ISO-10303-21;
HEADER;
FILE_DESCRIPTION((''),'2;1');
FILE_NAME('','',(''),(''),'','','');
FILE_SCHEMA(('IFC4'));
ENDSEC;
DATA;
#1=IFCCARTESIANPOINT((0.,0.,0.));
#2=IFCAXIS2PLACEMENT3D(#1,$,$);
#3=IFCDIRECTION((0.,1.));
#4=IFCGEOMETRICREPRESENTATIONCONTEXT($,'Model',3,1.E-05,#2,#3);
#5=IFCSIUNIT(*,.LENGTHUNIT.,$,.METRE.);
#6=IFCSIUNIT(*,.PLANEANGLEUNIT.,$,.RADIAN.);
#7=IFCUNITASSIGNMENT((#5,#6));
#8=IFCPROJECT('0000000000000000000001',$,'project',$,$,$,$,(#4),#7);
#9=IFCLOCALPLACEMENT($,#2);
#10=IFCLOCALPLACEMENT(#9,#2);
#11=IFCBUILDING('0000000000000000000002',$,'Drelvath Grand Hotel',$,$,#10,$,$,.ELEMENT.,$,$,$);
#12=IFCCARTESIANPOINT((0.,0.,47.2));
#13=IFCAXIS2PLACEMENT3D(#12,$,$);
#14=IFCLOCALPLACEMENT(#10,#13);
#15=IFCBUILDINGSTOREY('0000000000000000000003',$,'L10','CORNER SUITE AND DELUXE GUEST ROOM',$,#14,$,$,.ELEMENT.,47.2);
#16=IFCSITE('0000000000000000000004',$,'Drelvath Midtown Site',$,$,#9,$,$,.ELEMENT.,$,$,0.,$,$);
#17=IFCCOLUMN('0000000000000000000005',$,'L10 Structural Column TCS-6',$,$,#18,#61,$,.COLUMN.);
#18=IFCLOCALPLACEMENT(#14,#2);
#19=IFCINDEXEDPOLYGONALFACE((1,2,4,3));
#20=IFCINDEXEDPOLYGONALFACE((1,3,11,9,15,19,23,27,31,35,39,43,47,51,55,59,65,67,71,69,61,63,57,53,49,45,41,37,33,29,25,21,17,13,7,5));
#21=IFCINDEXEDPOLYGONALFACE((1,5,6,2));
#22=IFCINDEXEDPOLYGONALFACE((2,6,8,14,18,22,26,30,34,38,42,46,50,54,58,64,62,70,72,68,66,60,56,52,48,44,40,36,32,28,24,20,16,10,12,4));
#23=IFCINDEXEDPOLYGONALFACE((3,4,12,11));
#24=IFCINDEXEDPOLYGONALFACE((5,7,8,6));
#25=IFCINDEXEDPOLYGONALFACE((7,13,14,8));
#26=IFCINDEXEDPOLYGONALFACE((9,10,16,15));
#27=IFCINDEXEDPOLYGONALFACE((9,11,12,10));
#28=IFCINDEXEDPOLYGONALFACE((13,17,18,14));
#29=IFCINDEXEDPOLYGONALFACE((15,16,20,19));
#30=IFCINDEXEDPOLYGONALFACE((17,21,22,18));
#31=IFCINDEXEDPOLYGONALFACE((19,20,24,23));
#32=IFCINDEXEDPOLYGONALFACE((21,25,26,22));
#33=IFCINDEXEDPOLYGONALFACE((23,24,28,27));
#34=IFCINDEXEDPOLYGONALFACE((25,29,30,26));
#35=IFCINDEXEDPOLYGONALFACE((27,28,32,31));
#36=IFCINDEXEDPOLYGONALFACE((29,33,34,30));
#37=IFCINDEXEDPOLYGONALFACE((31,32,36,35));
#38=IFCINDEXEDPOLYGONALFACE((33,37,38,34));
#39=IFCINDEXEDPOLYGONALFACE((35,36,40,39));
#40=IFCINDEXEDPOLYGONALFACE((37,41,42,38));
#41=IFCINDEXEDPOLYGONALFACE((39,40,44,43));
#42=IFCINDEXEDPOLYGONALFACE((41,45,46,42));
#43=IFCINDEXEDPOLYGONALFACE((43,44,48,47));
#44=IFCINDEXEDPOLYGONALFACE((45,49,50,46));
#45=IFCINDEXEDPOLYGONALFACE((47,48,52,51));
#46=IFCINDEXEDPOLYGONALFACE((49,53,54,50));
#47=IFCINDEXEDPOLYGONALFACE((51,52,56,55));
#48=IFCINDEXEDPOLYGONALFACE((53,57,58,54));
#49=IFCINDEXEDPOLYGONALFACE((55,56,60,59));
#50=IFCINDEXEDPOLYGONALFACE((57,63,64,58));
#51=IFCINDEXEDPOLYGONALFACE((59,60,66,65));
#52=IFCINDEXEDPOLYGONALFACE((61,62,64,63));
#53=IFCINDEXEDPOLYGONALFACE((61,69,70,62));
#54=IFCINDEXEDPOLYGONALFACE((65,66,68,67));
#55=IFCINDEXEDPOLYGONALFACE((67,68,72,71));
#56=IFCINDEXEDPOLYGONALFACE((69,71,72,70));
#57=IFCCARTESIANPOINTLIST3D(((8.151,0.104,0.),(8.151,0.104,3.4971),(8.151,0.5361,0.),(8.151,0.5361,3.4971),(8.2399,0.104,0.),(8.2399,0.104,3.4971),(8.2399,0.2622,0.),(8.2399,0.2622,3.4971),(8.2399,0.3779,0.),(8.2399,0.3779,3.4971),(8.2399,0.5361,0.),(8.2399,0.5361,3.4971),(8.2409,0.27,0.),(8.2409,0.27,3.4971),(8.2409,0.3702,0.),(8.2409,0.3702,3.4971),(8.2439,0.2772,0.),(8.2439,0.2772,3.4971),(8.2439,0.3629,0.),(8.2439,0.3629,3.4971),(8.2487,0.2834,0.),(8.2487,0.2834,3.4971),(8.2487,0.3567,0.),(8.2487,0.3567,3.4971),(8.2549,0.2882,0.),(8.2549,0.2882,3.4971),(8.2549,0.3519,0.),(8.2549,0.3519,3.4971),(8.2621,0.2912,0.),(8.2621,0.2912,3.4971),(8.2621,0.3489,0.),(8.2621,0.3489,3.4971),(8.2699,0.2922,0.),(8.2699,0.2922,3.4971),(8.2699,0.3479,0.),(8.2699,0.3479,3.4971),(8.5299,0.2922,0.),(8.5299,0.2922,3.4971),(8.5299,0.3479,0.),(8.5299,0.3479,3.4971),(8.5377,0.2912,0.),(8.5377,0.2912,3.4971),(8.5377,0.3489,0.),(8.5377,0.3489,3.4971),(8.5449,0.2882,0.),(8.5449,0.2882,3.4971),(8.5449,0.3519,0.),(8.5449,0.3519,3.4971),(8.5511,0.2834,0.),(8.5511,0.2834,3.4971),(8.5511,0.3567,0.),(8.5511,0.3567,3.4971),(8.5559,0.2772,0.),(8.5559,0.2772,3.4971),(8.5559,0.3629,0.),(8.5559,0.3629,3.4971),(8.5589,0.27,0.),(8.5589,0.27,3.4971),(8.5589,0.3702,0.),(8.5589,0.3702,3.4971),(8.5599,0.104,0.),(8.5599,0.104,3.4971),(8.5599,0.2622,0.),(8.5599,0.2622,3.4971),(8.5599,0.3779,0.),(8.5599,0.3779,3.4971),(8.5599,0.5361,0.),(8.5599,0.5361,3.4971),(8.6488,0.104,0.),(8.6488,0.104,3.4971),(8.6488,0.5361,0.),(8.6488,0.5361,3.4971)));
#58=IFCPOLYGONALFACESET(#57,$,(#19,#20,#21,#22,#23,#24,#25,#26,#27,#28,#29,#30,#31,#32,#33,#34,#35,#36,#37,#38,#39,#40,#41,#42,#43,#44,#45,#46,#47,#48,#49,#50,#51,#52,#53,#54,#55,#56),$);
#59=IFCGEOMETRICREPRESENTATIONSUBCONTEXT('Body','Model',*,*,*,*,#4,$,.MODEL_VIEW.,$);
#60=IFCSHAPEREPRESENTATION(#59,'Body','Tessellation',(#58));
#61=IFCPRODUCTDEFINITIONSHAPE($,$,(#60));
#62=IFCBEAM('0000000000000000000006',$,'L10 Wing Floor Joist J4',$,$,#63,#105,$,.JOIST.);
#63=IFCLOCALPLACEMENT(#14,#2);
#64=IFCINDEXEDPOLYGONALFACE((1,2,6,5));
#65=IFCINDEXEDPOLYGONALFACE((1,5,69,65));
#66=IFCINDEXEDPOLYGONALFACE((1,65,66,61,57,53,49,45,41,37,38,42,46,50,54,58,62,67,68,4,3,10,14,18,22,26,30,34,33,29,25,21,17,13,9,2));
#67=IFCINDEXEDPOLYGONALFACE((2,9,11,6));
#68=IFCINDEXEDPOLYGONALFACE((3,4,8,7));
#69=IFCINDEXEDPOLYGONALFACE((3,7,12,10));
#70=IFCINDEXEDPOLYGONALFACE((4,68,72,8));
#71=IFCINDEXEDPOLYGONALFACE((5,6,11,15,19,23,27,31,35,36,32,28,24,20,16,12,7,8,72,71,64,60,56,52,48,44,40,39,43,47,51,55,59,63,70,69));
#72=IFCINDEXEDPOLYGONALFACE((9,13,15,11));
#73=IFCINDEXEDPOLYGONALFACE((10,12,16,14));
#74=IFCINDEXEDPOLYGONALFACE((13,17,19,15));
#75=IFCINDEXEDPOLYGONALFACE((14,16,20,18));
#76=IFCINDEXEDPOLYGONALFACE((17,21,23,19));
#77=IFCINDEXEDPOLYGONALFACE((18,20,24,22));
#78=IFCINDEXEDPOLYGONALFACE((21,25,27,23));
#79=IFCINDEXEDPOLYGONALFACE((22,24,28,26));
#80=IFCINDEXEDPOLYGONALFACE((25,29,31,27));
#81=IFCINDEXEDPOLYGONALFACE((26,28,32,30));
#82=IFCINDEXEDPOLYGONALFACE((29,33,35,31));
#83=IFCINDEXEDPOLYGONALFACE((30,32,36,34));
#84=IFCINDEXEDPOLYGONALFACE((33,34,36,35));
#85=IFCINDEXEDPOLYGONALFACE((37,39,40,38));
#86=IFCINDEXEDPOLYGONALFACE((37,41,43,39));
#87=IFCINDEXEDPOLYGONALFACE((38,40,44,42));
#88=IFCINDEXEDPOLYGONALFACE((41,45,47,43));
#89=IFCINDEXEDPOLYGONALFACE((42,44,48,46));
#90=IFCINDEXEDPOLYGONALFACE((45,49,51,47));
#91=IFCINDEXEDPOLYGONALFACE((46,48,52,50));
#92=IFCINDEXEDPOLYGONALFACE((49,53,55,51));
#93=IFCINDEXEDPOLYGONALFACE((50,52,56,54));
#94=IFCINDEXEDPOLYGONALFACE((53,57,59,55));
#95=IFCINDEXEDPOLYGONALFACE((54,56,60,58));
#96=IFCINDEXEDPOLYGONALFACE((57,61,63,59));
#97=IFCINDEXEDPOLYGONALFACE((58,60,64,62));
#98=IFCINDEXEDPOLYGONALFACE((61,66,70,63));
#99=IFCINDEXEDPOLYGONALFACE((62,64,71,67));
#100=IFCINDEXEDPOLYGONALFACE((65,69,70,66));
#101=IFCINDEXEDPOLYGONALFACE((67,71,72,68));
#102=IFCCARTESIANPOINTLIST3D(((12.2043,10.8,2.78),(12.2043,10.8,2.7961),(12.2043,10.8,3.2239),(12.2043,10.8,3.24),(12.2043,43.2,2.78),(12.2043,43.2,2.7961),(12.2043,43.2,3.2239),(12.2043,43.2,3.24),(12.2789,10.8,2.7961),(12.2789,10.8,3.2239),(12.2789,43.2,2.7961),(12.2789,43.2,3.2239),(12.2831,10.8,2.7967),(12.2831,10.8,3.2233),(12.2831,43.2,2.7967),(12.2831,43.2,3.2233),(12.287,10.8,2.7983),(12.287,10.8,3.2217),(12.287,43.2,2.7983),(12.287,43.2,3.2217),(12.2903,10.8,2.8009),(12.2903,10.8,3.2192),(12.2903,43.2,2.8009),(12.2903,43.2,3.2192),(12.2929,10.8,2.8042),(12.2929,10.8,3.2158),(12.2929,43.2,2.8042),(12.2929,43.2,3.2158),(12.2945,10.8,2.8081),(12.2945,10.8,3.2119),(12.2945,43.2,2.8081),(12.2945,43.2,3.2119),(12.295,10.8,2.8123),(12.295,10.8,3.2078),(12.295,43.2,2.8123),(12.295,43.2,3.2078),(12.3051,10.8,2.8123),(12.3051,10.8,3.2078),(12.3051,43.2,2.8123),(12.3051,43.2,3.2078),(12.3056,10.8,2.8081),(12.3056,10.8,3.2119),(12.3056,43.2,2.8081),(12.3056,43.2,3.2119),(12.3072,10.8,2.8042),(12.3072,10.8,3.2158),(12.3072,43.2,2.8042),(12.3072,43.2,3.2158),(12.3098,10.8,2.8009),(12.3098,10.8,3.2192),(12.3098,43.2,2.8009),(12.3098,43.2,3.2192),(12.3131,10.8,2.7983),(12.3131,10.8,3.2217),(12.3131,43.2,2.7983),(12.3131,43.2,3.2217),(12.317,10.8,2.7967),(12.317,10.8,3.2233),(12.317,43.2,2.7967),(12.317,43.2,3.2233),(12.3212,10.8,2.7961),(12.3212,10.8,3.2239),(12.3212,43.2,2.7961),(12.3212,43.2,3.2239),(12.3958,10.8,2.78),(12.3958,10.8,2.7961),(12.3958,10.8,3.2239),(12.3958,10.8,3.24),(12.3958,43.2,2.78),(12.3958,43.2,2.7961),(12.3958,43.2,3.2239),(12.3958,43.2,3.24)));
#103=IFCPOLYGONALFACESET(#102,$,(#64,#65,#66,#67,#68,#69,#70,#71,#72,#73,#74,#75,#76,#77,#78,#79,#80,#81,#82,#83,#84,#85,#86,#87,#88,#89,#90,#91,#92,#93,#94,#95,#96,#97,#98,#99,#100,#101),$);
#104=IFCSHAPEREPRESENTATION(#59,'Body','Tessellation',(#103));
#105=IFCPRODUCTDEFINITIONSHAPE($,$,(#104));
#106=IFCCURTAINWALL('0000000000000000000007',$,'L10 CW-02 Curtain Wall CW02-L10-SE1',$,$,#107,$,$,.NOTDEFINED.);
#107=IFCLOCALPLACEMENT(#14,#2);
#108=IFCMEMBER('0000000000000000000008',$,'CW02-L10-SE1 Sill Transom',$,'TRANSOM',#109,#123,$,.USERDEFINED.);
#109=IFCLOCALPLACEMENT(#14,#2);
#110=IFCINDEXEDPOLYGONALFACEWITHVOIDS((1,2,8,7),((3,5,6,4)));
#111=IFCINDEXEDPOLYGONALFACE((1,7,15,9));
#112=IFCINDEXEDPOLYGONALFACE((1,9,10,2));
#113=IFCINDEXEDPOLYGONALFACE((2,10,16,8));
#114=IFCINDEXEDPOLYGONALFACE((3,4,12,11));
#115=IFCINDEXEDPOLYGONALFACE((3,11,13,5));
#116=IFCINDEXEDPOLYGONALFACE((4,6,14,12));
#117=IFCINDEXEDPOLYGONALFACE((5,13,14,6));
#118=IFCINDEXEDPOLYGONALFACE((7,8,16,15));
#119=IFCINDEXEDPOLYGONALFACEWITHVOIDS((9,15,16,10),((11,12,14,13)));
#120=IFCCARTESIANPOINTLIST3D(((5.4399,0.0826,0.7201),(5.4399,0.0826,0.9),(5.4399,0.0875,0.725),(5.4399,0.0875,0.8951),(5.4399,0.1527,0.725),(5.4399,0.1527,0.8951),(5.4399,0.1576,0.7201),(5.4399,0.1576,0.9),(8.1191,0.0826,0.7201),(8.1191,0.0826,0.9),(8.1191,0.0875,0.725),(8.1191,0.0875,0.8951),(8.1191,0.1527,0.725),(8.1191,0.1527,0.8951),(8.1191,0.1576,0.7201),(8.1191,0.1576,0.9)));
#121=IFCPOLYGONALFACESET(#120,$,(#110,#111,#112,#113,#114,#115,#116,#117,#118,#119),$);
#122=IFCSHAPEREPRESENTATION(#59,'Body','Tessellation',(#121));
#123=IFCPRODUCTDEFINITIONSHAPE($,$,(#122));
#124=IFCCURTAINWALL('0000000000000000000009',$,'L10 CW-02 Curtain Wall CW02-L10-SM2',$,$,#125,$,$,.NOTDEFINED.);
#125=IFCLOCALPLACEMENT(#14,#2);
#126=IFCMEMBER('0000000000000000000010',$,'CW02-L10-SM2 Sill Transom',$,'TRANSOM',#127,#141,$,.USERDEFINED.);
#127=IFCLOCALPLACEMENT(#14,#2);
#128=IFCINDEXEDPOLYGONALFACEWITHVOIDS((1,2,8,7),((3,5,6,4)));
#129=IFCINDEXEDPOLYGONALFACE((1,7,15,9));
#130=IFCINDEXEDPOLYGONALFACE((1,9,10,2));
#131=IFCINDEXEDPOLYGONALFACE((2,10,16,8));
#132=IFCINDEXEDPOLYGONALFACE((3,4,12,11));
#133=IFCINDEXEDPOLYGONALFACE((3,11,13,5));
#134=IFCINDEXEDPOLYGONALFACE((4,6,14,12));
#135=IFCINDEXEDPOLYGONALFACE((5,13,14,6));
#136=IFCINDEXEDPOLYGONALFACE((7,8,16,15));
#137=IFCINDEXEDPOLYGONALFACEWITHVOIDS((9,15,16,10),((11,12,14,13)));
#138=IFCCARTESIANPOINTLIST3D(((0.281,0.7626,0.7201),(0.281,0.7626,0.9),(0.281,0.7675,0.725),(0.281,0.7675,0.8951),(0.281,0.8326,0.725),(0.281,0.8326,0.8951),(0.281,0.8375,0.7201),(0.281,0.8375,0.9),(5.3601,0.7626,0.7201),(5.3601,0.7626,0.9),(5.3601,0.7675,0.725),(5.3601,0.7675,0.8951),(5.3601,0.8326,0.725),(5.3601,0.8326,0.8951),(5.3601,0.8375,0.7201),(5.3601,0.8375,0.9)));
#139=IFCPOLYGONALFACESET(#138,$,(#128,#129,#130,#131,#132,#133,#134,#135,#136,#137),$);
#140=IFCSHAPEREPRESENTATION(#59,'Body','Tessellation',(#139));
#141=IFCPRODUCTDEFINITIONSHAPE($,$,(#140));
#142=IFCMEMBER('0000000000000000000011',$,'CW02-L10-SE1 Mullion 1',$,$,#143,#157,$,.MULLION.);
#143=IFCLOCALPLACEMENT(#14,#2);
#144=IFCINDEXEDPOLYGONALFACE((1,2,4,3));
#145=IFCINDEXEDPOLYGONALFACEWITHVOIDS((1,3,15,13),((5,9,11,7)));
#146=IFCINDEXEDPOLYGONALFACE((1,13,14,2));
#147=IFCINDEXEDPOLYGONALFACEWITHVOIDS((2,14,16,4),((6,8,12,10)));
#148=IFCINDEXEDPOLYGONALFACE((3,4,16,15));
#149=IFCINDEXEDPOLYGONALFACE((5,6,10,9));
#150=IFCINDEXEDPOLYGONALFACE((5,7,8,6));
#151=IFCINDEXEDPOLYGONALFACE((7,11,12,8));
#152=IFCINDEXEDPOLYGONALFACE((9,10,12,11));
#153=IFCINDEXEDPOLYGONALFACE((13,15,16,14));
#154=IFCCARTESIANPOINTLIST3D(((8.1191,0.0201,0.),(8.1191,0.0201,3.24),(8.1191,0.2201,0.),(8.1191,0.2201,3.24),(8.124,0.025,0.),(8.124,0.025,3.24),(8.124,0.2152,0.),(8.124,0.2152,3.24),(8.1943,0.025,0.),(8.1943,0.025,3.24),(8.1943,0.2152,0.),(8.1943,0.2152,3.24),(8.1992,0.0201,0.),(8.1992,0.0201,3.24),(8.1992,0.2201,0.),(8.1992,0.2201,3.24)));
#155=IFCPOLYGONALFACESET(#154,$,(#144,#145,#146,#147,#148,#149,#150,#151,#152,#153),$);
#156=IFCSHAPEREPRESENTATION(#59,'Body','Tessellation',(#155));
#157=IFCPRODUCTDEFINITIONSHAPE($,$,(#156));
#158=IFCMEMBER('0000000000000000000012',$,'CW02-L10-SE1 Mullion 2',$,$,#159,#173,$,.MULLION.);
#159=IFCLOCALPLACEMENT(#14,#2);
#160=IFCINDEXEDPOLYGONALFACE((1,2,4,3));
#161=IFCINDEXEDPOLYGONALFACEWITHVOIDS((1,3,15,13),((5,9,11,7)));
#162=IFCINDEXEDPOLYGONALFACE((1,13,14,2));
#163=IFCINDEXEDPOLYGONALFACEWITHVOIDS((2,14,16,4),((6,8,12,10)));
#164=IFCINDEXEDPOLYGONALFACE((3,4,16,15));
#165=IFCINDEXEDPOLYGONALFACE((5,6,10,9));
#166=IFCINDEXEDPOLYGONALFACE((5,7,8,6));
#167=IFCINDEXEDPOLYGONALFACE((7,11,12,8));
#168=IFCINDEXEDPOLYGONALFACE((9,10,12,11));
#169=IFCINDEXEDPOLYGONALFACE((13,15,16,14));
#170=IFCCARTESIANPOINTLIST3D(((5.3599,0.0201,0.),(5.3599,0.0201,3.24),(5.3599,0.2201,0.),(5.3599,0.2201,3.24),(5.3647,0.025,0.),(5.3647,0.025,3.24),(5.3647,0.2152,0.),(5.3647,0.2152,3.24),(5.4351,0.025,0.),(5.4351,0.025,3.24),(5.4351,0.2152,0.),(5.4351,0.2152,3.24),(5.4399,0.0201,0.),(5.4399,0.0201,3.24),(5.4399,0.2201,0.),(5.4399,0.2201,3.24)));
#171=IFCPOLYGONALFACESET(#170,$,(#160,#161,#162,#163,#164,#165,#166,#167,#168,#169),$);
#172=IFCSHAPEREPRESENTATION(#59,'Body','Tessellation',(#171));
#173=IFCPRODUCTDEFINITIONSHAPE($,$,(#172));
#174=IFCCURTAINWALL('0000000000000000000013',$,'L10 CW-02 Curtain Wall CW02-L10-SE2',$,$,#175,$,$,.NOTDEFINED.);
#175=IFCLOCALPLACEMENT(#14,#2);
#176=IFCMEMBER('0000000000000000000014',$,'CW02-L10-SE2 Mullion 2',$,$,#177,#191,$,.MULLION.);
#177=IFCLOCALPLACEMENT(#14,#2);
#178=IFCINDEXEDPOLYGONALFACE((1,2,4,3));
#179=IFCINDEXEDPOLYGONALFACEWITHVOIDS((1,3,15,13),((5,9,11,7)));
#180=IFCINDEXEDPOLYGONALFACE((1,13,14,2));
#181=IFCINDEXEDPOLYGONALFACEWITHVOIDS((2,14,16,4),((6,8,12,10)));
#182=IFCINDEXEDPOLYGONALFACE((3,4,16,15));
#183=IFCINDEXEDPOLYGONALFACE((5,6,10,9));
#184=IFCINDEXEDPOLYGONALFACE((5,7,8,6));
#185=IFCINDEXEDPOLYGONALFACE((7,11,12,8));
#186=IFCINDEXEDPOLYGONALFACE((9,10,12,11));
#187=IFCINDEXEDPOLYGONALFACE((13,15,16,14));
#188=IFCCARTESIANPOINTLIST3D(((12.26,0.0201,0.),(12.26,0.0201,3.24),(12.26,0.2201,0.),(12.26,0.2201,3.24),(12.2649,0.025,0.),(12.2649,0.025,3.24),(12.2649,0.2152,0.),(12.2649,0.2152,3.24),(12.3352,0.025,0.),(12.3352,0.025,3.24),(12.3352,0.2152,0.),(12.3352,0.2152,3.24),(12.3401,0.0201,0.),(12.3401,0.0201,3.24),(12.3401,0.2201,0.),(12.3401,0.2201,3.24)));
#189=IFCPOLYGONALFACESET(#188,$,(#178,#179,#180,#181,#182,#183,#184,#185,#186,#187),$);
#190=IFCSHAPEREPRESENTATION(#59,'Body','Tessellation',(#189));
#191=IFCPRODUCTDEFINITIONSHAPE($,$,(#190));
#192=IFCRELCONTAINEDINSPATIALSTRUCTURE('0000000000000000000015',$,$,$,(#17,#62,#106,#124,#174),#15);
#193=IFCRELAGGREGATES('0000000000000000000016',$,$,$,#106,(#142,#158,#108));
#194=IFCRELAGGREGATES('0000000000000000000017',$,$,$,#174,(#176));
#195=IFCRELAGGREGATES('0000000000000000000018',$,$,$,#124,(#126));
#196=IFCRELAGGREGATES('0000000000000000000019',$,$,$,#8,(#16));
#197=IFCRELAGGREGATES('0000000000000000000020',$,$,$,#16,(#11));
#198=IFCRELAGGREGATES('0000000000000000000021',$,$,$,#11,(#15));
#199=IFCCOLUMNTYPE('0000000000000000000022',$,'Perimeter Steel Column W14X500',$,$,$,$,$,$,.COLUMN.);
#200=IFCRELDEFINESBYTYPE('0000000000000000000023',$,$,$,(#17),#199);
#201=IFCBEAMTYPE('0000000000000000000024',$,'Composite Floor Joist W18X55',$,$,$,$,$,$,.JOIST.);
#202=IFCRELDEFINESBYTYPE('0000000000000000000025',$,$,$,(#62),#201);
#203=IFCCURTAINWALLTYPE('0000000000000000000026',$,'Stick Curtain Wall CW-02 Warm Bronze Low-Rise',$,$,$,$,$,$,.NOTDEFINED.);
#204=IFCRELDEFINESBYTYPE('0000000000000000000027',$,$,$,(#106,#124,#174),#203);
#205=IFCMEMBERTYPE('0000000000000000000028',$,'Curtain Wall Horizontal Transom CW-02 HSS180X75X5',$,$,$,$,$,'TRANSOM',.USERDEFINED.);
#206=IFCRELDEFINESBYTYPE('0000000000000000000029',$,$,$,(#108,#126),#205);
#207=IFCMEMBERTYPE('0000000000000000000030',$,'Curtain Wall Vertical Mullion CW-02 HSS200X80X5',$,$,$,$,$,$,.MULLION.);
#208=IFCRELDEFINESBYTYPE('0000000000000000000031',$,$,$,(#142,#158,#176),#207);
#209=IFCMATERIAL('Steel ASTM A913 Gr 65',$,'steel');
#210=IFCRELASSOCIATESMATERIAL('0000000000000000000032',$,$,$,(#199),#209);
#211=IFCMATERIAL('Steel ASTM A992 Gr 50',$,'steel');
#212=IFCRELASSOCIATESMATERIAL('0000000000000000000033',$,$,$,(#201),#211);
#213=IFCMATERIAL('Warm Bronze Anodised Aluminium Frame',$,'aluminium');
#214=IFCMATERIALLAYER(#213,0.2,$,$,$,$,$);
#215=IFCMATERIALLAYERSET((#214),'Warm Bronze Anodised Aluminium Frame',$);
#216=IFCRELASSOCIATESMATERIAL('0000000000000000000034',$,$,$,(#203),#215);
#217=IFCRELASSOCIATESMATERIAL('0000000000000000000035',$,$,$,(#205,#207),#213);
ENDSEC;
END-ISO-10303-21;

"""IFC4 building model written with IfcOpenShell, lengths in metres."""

from ifc_helpers import new_model, si_unit, direction, frame, origin, origin_2d, place, context, subcontext, project, spatial, hollow_rectangle, i_section, extrude, material, layer, layer_set, material_profile, profile_set, type_object, element, aggregate, save


model = new_model("IFC4")

# Units and contexts
model_context = context("Model", 3, precision=1e-05, world=origin(), true_north=direction((0.0, 1.0)))
body_context = subcontext(model_context, "Body", "Model", "MODEL_VIEW")
ifc_project = project(units=[si_unit("LENGTHUNIT", "METRE"), si_unit("PLANEANGLEUNIT", "RADIAN")], contexts=[model_context])

# Site, building, storey
site_placement = place(None, origin())
site = spatial("IfcSite", under=ifc_project, at=site_placement, Name="Drelvath Midtown Site", CompositionType="ELEMENT", RefElevation=0.0)
building_placement = place(site_placement, origin())
building = spatial("IfcBuilding", under=site, at=building_placement, Name="Drelvath Grand Hotel", CompositionType="ELEMENT")
storey_placement = place(building_placement, frame((0.0, 0.0, 47.2)))
storey = spatial("IfcBuildingStorey", under=building, at=storey_placement, Name="L10", Description="CORNER SUITE AND DELUXE GUEST ROOM", CompositionType="ELEMENT", Elevation=47.2)

# Column
ifc_material_1 = material(Name="Steel ASTM A913 Gr 65", Category="steel")
ifc_material_profile_1 = material_profile(ifc_material_1, i_section(OverallWidth=0.4321, OverallDepth=0.4978, WebThickness=0.0557, FlangeThickness=0.0889, FilletRadius=0.03, at=origin_2d()), Name="W14X500")
ifc_profile_set_1 = profile_set([ifc_material_profile_1], Name="Steel ASTM A913 Gr 65")
column_type = type_object("IfcColumnType", Name="Perimeter Steel Column W14X500", PredefinedType="COLUMN", material=ifc_profile_set_1)
column_placement = place(storey_placement, frame((8.3999, 0.3201, 0.0), z_axis=(0.0, 0.0, 1.0), x_axis=(0.0, 1.0, 0.0)))
element("IfcColumn", 1, at=column_placement, inside=storey, type_object=column_type, Name="L10 Structural Column TCS-6", PredefinedType="COLUMN", context=body_context, shape_type="SweptSolid", body=[
    extrude(i_section(OverallWidth=0.4321, OverallDepth=0.4978, WebThickness=0.0557, FlangeThickness=0.0889, FilletRadius=0.03, at=origin_2d()), origin(), (0.0, 0.0, 1.0), 3.4971),
])

# Beam
ifc_material_2 = material(Name="Steel ASTM A992 Gr 50", Category="steel")
ifc_material_profile_2 = material_profile(ifc_material_2, i_section(OverallWidth=0.1914, OverallDepth=0.46, WebThickness=0.01, FlangeThickness=0.0161, FilletRadius=0.0161, at=origin_2d()), Name="W18X55")
ifc_profile_set_2 = profile_set([ifc_material_profile_2], Name="Steel ASTM A992 Gr 50")
beam_type_1 = type_object("IfcBeamType", Name="Composite Floor Joist W18X55", PredefinedType="JOIST", material=ifc_profile_set_2)
beam_1_placement = place(storey_placement, frame((12.3, 10.8, 3.01), z_axis=(0.0, 1.0, 0.0), x_axis=(-1.0, 0.0, 0.0)))
element("IfcBeam", 2, at=beam_1_placement, inside=storey, type_object=beam_type_1, Name="L10 Wing Floor Joist J4", PredefinedType="JOIST", context=body_context, shape_type="SweptSolid", body=[
    extrude(i_section(OverallWidth=0.1914, OverallDepth=0.46, WebThickness=0.01, FlangeThickness=0.0161, FilletRadius=0.0161, at=origin_2d()), origin(), (0.0, 0.0, 1.0), 32.3999),
])

# Curtain walls, members
ifc_material_3 = material(Name="Warm Bronze Anodised Aluminium Frame", Category="aluminium")
ifc_layer_1 = layer(ifc_material_3, 0.2)
ifc_layer_set_1 = layer_set([ifc_layer_1], Name="Warm Bronze Anodised Aluminium Frame")
curtain_wall_type = type_object("IfcCurtainWallType", Name="Stick Curtain Wall CW-02 Warm Bronze Low-Rise", PredefinedType="NOTDEFINED", material=ifc_layer_set_1)
curtain_wall_1_placement = place(storey_placement, origin())
curtain_wall_1 = element("IfcCurtainWall", 3, at=curtain_wall_1_placement, inside=storey, type_object=curtain_wall_type, Name="L10 CW-02 Curtain Wall CW02-L10-SE1", PredefinedType="NOTDEFINED")
ifc_material_profile_3 = material_profile(ifc_material_3, hollow_rectangle(XDim=0.075, YDim=0.1799, WallThickness=0.0049, at=origin_2d()), Name="HSS180X75X5")
ifc_profile_set_3 = profile_set([ifc_material_profile_3], Name="Warm Bronze Anodised Aluminium Frame")
member_type_1 = type_object("IfcMemberType", Name="Curtain Wall Horizontal Transom CW-02 HSS180X75X5", ElementType="TRANSOM", PredefinedType="USERDEFINED", material=ifc_profile_set_3)
member_1_placement = place(storey_placement, frame((8.1191, 0.1201, 0.8101), z_axis=(-1.0, 0.0, 0.0), x_axis=(0.0, -1.0, 0.0)))
member_1 = element("IfcMember", 4, at=member_1_placement, type_object=member_type_1, Name="CW02-L10-SE1 Sill Transom", ObjectType="TRANSOM", PredefinedType="USERDEFINED", context=body_context, shape_type="SweptSolid", body=[
    extrude(hollow_rectangle(XDim=0.075, YDim=0.1799, WallThickness=0.0049, at=origin_2d()), origin(), (0.0, 0.0, 1.0), 2.6792),
])
curtain_wall_2_placement = place(storey_placement, origin())
curtain_wall_2 = element("IfcCurtainWall", 5, at=curtain_wall_2_placement, inside=storey, type_object=curtain_wall_type, Name="L10 CW-02 Curtain Wall CW02-L10-SM2", PredefinedType="NOTDEFINED")
member_2_placement = place(storey_placement, frame((5.3601, 0.8, 0.8101), z_axis=(-1.0, 0.0, 0.0), x_axis=(0.0, -1.0, 0.0)))
member_2 = element("IfcMember", 6, at=member_2_placement, type_object=member_type_1, Name="CW02-L10-SM2 Sill Transom", ObjectType="TRANSOM", PredefinedType="USERDEFINED", context=body_context, shape_type="SweptSolid", body=[
    extrude(hollow_rectangle(XDim=0.075, YDim=0.1799, WallThickness=0.0049, at=origin_2d()), origin(), (0.0, 0.0, 1.0), 5.0791),
])

# Members
ifc_material_profile_4 = material_profile(ifc_material_3, hollow_rectangle(XDim=0.0801, YDim=0.2, WallThickness=0.0049, at=origin_2d()), Name="HSS200X80X5")
ifc_profile_set_4 = profile_set([ifc_material_profile_4], Name="Warm Bronze Anodised Aluminium Frame")
member_type_2 = type_object("IfcMemberType", Name="Curtain Wall Vertical Mullion CW-02 HSS200X80X5", PredefinedType="MULLION", material=ifc_profile_set_4)
member_3_placement = place(storey_placement, frame((8.1592, 0.1201, 0.0), z_axis=(0.0, 0.0, 1.0), x_axis=(1.0, 0.0, 0.0)))
member_3 = element("IfcMember", 7, at=member_3_placement, type_object=member_type_2, Name="CW02-L10-SE1 Mullion 1", PredefinedType="MULLION", context=body_context, shape_type="SweptSolid", body=[
    extrude(hollow_rectangle(XDim=0.0801, YDim=0.2, WallThickness=0.0049, at=origin_2d()), origin(), (0.0, 0.0, 1.0), 3.24),
])
member_4_placement = place(storey_placement, frame((5.3999, 0.1201, 0.0), z_axis=(0.0, 0.0, 1.0), x_axis=(1.0, 0.0, 0.0)))
member_4 = element("IfcMember", 8, at=member_4_placement, type_object=member_type_2, Name="CW02-L10-SE1 Mullion 2", PredefinedType="MULLION", context=body_context, shape_type="SweptSolid", body=[
    extrude(hollow_rectangle(XDim=0.0801, YDim=0.2, WallThickness=0.0049, at=origin_2d()), origin(), (0.0, 0.0, 1.0), 3.24),
])

# Curtain wall, member
curtain_wall_3_placement = place(storey_placement, origin())
curtain_wall_3 = element("IfcCurtainWall", 9, at=curtain_wall_3_placement, inside=storey, type_object=curtain_wall_type, Name="L10 CW-02 Curtain Wall CW02-L10-SE2", PredefinedType="NOTDEFINED")
member_5_placement = place(storey_placement, frame((12.3, 0.1201, 0.0), z_axis=(0.0, 0.0, 1.0), x_axis=(1.0, 0.0, 0.0)))
member_5 = element("IfcMember", 10, at=member_5_placement, type_object=member_type_2, Name="CW02-L10-SE2 Mullion 2", PredefinedType="MULLION", context=body_context, shape_type="SweptSolid", body=[
    extrude(hollow_rectangle(XDim=0.0801, YDim=0.2, WallThickness=0.0049, at=origin_2d()), origin(), (0.0, 0.0, 1.0), 3.24),
])

aggregate(curtain_wall_1, [member_3, member_4, member_1])
aggregate(curtain_wall_3, [member_5])
aggregate(curtain_wall_2, [member_2])

save(model, "model.ifc")
